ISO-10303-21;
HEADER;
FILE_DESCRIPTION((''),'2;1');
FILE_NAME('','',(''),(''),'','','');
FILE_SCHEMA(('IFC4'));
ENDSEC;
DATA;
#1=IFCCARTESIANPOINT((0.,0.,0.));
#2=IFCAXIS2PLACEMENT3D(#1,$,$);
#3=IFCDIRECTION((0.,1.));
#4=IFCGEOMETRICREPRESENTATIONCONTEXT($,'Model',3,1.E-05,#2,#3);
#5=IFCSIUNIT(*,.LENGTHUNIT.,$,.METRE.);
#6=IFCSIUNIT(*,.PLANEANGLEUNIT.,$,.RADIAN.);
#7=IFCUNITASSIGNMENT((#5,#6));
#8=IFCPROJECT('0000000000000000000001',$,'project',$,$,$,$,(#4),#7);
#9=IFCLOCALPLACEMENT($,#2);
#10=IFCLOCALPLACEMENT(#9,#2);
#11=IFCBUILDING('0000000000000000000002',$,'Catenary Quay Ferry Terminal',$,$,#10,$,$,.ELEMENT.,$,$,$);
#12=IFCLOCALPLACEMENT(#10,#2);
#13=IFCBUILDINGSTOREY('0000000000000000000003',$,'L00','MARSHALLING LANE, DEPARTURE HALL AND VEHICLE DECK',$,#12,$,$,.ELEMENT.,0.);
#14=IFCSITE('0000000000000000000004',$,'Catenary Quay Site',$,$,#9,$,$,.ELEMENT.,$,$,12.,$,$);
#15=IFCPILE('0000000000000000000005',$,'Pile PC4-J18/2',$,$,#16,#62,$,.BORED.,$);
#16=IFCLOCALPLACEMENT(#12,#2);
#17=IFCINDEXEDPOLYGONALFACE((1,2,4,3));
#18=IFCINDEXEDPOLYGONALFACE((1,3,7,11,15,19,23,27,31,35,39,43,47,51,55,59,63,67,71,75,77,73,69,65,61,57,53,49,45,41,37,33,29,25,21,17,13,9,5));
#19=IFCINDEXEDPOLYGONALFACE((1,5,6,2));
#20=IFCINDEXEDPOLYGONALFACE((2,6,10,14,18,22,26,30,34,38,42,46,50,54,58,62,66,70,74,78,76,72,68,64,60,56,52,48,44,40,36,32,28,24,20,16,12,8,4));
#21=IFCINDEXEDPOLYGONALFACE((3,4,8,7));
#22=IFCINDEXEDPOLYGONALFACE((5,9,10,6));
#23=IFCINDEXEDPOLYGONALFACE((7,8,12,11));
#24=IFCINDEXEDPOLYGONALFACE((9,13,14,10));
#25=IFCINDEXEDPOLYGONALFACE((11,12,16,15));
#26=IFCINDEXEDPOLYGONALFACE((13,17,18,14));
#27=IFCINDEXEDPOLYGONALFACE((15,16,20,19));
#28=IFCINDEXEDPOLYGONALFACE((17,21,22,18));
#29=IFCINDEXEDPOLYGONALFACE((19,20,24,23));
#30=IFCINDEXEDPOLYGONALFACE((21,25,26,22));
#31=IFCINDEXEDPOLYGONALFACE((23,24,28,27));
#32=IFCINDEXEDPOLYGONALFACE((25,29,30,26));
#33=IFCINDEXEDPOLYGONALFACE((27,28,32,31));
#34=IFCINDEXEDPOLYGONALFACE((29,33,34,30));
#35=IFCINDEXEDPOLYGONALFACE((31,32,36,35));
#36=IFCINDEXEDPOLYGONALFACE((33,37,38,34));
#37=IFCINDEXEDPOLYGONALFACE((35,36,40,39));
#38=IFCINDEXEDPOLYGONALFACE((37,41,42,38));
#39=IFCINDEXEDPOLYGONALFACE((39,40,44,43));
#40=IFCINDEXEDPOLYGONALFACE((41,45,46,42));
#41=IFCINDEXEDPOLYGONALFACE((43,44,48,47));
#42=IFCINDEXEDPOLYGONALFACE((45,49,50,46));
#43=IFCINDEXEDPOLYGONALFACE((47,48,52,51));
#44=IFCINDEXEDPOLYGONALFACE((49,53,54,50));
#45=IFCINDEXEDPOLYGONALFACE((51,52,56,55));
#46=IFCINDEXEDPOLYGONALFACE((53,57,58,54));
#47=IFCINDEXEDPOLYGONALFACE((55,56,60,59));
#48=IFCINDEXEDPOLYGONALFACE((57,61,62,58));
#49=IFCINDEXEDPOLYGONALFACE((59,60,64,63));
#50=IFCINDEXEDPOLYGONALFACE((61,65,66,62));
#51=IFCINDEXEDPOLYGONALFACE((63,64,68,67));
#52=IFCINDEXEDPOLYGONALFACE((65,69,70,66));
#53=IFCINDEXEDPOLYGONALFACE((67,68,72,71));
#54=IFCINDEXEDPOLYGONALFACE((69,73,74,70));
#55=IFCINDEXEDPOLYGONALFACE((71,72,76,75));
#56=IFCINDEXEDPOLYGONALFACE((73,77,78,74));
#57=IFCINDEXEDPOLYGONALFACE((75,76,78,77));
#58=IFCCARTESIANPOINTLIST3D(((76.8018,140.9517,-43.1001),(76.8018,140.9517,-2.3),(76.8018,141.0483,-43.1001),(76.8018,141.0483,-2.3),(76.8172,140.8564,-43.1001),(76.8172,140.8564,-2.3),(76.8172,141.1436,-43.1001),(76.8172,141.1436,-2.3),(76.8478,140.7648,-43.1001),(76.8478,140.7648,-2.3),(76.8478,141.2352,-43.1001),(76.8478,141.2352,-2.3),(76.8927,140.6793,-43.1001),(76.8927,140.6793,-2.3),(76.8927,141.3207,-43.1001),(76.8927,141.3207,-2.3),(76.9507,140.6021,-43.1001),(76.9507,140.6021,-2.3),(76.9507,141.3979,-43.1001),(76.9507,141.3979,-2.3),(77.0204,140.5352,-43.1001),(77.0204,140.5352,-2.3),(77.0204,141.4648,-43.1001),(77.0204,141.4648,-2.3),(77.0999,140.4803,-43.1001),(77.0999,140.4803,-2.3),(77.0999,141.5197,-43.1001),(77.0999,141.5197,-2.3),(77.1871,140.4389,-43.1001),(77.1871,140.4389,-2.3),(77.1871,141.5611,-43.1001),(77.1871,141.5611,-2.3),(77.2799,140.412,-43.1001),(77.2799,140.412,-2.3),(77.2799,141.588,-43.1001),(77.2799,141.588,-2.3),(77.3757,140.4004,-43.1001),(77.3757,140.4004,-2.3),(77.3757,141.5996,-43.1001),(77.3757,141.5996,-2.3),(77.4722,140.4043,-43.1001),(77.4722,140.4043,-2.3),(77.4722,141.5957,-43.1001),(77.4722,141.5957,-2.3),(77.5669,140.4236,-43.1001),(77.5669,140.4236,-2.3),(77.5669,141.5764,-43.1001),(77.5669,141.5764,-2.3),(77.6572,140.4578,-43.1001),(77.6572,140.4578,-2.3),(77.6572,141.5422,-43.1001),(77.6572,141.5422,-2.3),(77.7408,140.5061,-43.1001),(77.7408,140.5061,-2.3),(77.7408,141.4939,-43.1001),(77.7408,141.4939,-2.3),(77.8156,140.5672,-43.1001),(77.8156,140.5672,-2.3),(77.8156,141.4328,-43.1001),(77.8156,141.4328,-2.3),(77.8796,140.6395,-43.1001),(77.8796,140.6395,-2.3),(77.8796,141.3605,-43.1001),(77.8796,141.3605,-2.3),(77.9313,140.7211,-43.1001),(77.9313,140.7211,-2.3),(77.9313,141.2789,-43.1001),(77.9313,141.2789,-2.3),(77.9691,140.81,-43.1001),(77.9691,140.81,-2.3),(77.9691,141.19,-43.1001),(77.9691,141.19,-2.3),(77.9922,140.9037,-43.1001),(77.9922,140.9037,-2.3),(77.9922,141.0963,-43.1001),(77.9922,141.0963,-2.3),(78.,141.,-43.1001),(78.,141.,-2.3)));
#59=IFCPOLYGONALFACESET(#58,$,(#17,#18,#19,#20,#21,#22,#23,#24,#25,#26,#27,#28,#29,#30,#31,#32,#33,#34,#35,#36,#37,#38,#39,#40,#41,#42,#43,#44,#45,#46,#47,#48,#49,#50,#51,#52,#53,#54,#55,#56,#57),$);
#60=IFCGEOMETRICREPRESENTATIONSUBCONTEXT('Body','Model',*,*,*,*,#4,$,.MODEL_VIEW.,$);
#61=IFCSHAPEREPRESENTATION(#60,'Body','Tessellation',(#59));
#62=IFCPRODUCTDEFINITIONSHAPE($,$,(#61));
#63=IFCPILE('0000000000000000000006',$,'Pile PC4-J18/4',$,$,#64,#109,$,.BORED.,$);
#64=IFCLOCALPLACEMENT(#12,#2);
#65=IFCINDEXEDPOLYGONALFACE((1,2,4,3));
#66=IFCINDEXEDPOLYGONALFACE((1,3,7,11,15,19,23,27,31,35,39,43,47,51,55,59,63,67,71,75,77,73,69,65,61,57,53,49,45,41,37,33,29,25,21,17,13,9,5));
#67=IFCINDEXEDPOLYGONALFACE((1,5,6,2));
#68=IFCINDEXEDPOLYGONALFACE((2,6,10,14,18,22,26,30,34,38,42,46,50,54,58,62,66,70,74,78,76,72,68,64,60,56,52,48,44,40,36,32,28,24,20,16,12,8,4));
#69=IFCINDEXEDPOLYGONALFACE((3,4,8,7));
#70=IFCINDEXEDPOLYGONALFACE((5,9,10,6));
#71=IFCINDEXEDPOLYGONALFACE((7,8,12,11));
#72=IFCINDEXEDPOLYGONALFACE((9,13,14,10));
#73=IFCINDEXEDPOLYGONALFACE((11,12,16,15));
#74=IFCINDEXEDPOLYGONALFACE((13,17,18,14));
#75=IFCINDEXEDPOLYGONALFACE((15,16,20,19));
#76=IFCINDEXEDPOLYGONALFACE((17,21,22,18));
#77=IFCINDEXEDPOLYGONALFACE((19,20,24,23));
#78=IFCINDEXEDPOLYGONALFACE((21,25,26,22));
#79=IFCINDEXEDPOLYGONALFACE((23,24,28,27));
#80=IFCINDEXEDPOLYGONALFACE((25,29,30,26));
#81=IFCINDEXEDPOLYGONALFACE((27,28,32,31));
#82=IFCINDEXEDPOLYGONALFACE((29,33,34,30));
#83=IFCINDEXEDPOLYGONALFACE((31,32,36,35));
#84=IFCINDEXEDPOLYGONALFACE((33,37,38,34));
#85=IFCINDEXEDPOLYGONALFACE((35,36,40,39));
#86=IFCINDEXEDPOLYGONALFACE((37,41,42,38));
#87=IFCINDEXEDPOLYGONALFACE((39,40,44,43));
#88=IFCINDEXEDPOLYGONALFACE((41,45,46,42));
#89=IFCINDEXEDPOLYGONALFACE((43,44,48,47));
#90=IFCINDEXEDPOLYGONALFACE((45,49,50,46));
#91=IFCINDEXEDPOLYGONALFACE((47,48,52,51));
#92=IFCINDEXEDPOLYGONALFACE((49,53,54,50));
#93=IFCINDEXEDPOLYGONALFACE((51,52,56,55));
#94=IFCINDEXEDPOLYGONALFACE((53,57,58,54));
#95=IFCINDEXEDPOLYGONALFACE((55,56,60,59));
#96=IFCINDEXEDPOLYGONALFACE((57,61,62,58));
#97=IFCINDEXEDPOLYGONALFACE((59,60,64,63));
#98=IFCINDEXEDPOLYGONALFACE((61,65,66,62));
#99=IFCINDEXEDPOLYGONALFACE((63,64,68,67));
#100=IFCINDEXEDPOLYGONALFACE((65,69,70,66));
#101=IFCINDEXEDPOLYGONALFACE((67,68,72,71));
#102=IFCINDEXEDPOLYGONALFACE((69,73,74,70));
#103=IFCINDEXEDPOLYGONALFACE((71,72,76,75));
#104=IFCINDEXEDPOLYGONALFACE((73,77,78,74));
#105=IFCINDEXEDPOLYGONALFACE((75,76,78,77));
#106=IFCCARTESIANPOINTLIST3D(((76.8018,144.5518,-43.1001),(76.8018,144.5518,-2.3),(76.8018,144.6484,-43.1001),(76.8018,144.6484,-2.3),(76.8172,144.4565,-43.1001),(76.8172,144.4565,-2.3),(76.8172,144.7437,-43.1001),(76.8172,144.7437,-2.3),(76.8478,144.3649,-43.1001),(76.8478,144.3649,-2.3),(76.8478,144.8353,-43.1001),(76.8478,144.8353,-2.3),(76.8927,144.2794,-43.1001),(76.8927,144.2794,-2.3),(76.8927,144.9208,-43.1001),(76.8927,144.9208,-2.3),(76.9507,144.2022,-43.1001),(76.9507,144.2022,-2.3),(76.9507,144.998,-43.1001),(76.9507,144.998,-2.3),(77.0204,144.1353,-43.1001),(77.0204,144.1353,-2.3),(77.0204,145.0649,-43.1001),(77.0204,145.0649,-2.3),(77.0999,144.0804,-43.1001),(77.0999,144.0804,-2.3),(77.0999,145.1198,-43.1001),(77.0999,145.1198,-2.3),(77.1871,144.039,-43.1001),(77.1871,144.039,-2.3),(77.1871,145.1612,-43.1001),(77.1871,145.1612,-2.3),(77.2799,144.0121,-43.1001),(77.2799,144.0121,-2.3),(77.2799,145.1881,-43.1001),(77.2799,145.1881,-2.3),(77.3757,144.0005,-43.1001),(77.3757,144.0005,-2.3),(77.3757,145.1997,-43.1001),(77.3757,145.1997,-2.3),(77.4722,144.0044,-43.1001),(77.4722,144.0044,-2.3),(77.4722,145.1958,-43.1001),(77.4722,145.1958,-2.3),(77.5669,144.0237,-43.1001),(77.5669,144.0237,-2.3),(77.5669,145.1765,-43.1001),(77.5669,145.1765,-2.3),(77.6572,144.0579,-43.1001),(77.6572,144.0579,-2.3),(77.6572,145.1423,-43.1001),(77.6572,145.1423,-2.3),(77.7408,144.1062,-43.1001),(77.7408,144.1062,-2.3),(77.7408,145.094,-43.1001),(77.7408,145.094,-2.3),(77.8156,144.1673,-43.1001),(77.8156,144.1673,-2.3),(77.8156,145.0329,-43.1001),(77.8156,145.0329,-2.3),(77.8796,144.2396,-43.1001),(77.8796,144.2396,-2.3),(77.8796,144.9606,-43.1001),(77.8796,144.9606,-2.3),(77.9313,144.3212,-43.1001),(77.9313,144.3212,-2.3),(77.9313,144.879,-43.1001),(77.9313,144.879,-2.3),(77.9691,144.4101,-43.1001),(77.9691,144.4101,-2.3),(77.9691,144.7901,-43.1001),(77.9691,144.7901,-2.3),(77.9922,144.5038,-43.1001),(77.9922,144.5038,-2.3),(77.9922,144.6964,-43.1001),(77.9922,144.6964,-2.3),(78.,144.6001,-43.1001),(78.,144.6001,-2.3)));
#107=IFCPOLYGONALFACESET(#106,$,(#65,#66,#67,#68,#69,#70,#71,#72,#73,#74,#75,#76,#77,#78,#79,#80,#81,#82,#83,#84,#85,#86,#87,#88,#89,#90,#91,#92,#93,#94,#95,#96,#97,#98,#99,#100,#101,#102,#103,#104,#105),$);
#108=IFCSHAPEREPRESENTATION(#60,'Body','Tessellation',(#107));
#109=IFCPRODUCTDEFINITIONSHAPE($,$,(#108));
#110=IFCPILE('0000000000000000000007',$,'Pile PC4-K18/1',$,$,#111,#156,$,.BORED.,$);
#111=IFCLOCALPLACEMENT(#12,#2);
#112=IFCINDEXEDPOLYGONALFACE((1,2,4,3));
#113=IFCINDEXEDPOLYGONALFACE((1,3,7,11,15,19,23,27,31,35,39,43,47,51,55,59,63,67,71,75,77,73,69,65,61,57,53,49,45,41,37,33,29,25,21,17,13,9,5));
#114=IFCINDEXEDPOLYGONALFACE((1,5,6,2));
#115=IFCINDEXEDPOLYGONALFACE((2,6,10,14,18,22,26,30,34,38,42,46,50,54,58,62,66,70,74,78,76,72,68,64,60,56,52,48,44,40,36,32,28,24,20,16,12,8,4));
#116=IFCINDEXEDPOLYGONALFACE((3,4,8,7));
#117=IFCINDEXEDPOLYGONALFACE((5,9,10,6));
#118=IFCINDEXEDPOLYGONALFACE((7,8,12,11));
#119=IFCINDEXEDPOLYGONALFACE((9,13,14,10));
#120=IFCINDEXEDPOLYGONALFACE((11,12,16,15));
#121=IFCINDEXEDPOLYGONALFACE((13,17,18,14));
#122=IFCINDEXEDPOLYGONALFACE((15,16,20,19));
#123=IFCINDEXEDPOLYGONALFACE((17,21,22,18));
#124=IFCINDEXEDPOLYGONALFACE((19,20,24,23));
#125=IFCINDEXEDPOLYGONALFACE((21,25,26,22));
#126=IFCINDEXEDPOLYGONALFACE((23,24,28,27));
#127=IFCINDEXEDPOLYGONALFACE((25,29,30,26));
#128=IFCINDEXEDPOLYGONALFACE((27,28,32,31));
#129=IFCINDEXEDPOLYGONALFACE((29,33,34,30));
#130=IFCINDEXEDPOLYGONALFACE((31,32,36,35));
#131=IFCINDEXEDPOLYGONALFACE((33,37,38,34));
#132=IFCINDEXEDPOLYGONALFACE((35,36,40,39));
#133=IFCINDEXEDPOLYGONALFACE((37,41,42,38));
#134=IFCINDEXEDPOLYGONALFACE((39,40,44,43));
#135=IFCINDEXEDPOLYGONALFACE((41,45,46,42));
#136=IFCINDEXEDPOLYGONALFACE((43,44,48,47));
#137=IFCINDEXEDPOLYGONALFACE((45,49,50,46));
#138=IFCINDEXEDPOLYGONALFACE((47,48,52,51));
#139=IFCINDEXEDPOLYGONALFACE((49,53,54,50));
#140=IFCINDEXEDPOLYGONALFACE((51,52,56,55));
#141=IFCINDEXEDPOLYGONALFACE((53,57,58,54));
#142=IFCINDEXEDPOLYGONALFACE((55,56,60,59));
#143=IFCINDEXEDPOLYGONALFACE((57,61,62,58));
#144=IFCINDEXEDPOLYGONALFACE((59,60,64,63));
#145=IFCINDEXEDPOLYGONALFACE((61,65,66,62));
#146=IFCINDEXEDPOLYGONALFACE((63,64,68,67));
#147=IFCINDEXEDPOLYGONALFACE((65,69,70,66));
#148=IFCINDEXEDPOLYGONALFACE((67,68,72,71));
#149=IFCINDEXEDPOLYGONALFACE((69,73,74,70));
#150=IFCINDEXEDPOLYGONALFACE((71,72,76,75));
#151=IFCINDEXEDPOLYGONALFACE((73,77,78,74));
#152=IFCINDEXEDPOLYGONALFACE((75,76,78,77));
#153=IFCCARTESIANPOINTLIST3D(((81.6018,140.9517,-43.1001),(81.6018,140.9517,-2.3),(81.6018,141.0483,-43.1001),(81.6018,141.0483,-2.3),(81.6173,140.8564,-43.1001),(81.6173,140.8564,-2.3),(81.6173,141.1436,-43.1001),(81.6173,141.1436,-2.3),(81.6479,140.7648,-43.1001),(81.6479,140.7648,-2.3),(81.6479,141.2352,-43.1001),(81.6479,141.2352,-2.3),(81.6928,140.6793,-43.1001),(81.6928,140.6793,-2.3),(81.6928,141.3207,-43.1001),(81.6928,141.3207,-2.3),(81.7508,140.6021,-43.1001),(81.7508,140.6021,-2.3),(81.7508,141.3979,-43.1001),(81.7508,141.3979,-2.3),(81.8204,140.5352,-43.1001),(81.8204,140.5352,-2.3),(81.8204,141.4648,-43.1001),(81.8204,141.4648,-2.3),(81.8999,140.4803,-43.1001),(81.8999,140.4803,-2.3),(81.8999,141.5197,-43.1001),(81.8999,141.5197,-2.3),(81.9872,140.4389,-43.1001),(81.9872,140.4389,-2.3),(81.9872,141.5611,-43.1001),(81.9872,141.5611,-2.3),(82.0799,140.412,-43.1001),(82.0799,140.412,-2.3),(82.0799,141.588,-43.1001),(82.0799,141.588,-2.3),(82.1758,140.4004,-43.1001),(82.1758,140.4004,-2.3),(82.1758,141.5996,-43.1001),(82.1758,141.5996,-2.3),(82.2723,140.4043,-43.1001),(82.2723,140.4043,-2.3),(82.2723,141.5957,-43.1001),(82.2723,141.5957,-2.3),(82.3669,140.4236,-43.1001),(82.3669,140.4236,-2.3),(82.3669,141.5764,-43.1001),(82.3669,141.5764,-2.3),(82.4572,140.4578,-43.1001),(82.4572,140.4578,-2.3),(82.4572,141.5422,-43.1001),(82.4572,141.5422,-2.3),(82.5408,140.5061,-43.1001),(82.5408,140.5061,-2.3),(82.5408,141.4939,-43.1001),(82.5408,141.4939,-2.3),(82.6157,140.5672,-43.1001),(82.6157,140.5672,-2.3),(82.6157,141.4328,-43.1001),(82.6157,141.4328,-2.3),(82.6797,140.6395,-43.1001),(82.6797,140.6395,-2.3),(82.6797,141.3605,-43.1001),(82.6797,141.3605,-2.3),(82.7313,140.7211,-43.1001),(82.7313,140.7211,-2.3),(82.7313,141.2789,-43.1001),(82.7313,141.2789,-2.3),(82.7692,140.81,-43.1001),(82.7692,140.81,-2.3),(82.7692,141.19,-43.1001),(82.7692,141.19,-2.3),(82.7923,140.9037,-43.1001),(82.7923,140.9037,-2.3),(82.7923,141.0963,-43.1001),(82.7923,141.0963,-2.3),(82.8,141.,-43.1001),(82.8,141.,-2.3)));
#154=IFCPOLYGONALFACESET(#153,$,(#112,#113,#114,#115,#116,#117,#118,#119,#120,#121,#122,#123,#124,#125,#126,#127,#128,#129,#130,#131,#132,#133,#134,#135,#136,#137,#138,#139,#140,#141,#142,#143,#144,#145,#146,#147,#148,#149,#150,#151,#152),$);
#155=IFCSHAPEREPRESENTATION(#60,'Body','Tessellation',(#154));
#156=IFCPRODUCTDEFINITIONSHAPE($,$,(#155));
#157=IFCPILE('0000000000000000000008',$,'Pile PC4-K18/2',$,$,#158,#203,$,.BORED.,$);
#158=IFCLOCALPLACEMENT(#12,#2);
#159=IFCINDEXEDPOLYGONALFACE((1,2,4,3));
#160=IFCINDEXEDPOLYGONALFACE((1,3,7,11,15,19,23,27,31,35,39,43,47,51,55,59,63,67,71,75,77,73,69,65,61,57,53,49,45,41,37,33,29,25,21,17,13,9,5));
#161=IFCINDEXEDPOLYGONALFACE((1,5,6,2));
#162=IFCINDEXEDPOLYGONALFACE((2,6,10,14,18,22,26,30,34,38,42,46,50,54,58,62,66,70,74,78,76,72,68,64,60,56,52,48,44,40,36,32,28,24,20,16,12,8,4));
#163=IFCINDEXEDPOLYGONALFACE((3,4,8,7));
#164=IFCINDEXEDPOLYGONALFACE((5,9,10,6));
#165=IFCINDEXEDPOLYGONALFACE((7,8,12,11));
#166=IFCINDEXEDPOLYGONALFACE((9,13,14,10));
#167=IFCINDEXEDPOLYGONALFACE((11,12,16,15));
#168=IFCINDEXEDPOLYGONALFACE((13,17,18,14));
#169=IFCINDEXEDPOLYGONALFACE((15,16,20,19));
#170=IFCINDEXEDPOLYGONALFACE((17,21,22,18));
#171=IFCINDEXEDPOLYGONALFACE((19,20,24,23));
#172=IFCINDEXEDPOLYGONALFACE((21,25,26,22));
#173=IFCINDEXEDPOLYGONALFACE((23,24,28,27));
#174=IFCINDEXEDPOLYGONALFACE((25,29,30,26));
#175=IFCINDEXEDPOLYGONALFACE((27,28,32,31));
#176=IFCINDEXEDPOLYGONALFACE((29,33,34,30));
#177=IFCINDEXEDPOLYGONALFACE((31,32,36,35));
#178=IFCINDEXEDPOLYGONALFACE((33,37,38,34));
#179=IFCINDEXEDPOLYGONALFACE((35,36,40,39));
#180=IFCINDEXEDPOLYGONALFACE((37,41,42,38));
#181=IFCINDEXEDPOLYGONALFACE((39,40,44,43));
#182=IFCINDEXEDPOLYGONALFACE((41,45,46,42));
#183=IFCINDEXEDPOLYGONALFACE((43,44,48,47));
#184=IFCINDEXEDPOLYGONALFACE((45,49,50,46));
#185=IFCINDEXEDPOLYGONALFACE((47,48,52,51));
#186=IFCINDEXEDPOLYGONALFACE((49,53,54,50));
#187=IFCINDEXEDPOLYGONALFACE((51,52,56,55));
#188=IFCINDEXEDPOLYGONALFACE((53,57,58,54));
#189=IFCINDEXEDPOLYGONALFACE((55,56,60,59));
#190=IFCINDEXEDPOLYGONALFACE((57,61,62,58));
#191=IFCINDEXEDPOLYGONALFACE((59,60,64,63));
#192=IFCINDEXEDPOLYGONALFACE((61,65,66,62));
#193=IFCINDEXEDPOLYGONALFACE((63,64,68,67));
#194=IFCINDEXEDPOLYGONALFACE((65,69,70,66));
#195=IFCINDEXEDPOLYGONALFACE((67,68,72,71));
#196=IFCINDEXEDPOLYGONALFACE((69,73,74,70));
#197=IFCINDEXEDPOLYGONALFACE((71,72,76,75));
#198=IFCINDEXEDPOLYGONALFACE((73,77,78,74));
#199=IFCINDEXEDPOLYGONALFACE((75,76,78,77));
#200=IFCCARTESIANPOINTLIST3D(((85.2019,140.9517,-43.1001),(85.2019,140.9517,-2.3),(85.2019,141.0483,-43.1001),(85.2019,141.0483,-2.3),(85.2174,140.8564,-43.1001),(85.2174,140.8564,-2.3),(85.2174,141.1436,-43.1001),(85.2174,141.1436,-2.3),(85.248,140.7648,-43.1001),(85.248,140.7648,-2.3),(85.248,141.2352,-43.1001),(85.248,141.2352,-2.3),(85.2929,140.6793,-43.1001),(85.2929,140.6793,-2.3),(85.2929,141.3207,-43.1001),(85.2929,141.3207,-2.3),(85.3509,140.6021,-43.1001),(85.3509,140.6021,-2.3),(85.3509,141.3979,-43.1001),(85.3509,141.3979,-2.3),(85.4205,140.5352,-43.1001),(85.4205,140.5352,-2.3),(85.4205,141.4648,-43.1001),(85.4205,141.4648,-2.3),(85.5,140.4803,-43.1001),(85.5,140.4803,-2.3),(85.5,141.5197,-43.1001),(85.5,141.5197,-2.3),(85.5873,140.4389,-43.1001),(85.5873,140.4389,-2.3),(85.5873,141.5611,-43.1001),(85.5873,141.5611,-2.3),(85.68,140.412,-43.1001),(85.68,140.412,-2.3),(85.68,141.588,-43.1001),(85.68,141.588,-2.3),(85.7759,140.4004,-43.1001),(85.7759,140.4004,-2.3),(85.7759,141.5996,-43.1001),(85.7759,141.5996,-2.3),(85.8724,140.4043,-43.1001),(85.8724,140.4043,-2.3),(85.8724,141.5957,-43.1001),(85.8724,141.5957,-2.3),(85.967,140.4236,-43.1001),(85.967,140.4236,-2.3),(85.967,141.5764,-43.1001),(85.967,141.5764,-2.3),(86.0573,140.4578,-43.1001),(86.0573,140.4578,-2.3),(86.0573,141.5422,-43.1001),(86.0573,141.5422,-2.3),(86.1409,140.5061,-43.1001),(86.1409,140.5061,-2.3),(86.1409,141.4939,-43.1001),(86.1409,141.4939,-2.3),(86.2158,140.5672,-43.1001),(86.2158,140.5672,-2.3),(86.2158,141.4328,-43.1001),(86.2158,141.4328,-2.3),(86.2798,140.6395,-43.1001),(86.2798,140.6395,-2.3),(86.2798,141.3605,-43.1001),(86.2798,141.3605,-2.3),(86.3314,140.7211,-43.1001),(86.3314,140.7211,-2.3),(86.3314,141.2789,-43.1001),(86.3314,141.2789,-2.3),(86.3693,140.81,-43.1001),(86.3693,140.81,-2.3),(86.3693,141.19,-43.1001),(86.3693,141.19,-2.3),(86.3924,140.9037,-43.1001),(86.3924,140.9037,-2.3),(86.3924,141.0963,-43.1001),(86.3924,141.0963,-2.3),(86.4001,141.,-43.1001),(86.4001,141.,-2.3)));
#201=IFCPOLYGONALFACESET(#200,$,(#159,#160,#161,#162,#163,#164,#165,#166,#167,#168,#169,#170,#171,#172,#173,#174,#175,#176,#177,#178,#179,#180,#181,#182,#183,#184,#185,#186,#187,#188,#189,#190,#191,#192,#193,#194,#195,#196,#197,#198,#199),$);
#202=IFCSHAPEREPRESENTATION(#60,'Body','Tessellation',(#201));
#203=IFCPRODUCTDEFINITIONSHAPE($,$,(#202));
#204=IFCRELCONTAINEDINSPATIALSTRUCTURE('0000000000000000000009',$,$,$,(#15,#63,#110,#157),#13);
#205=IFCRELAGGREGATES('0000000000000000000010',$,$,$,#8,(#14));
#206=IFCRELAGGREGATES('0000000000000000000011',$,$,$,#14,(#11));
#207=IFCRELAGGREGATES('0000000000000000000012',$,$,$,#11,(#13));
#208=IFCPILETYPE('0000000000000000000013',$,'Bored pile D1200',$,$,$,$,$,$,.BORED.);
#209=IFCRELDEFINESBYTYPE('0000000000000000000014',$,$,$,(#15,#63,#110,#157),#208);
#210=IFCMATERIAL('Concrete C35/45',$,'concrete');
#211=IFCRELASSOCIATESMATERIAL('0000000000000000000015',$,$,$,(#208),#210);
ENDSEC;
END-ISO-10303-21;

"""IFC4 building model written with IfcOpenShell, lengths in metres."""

from ifc_helpers import new_model, si_unit, direction, frame, origin, origin_2d, place, context, subcontext, project, spatial, circle, extrude, material, material_profile, profile_set, type_object, element, save


model = new_model("IFC4")

# Units and contexts
model_context = context("Model", 3, precision=1e-05, world=origin(), true_north=direction((0.0, 1.0)))
body_context = subcontext(model_context, "Body", "Model", "MODEL_VIEW")
ifc_project = project(units=[si_unit("LENGTHUNIT", "METRE"), si_unit("PLANEANGLEUNIT", "RADIAN")], contexts=[model_context])

# Site, building, storey
site_placement = place(None, origin())
site = spatial("IfcSite", under=ifc_project, at=site_placement, Name="Catenary Quay Site", CompositionType="ELEMENT", RefElevation=12.0)
building_placement = place(site_placement, origin())
building = spatial("IfcBuilding", under=site, at=building_placement, Name="Catenary Quay Ferry Terminal", CompositionType="ELEMENT")
storey_placement = place(building_placement, origin())
storey = spatial("IfcBuildingStorey", under=building, at=storey_placement, Name="L00", Description="MARSHALLING LANE, DEPARTURE HALL AND VEHICLE DECK", CompositionType="ELEMENT", Elevation=0.0)

# Piles
ifc_material_1 = material(Name="Concrete C35/45", Category="concrete")
ifc_material_profile_1 = material_profile(ifc_material_1, circle(Radius=0.6001, at=origin_2d()), Name="D1200")
ifc_profile_set_1 = profile_set([ifc_material_profile_1], Name="Concrete C35/45")
pile_type = type_object("IfcPileType", Name="Bored pile D1200", PredefinedType="BORED", material=ifc_profile_set_1)
for number, where, z_axis, x_axis, name in (
    (1, (77.3999, 141.0, -2.3), (0.0, 0.0, -1.0), (1.0, 0.0, 0.0), "Pile PC4-J18/2"),
    (2, (77.3999, 144.6001, -2.3), (0.0, 0.0, -1.0), (1.0, 0.0, 0.0), "Pile PC4-J18/4"),
    (3, (82.2, 141.0, -2.3), (0.0, 0.0, -1.0), (1.0, 0.0, 0.0), "Pile PC4-K18/1"),
    (4, (85.8, 141.0, -2.3), (0.0, 0.0, -1.0), (1.0, 0.0, 0.0), "Pile PC4-K18/2"),
):
    element("IfcPile", number, at=place(storey_placement, frame(where, z_axis=z_axis, x_axis=x_axis)), inside=storey, type_object=pile_type, Name=name, PredefinedType="BORED", context=body_context, shape_type="SweptSolid", body=[
        extrude(circle(Radius=0.6001, at=origin_2d()), origin(), (0.0, 0.0, 1.0), 40.8),
    ])

save(model, "model.ifc")
